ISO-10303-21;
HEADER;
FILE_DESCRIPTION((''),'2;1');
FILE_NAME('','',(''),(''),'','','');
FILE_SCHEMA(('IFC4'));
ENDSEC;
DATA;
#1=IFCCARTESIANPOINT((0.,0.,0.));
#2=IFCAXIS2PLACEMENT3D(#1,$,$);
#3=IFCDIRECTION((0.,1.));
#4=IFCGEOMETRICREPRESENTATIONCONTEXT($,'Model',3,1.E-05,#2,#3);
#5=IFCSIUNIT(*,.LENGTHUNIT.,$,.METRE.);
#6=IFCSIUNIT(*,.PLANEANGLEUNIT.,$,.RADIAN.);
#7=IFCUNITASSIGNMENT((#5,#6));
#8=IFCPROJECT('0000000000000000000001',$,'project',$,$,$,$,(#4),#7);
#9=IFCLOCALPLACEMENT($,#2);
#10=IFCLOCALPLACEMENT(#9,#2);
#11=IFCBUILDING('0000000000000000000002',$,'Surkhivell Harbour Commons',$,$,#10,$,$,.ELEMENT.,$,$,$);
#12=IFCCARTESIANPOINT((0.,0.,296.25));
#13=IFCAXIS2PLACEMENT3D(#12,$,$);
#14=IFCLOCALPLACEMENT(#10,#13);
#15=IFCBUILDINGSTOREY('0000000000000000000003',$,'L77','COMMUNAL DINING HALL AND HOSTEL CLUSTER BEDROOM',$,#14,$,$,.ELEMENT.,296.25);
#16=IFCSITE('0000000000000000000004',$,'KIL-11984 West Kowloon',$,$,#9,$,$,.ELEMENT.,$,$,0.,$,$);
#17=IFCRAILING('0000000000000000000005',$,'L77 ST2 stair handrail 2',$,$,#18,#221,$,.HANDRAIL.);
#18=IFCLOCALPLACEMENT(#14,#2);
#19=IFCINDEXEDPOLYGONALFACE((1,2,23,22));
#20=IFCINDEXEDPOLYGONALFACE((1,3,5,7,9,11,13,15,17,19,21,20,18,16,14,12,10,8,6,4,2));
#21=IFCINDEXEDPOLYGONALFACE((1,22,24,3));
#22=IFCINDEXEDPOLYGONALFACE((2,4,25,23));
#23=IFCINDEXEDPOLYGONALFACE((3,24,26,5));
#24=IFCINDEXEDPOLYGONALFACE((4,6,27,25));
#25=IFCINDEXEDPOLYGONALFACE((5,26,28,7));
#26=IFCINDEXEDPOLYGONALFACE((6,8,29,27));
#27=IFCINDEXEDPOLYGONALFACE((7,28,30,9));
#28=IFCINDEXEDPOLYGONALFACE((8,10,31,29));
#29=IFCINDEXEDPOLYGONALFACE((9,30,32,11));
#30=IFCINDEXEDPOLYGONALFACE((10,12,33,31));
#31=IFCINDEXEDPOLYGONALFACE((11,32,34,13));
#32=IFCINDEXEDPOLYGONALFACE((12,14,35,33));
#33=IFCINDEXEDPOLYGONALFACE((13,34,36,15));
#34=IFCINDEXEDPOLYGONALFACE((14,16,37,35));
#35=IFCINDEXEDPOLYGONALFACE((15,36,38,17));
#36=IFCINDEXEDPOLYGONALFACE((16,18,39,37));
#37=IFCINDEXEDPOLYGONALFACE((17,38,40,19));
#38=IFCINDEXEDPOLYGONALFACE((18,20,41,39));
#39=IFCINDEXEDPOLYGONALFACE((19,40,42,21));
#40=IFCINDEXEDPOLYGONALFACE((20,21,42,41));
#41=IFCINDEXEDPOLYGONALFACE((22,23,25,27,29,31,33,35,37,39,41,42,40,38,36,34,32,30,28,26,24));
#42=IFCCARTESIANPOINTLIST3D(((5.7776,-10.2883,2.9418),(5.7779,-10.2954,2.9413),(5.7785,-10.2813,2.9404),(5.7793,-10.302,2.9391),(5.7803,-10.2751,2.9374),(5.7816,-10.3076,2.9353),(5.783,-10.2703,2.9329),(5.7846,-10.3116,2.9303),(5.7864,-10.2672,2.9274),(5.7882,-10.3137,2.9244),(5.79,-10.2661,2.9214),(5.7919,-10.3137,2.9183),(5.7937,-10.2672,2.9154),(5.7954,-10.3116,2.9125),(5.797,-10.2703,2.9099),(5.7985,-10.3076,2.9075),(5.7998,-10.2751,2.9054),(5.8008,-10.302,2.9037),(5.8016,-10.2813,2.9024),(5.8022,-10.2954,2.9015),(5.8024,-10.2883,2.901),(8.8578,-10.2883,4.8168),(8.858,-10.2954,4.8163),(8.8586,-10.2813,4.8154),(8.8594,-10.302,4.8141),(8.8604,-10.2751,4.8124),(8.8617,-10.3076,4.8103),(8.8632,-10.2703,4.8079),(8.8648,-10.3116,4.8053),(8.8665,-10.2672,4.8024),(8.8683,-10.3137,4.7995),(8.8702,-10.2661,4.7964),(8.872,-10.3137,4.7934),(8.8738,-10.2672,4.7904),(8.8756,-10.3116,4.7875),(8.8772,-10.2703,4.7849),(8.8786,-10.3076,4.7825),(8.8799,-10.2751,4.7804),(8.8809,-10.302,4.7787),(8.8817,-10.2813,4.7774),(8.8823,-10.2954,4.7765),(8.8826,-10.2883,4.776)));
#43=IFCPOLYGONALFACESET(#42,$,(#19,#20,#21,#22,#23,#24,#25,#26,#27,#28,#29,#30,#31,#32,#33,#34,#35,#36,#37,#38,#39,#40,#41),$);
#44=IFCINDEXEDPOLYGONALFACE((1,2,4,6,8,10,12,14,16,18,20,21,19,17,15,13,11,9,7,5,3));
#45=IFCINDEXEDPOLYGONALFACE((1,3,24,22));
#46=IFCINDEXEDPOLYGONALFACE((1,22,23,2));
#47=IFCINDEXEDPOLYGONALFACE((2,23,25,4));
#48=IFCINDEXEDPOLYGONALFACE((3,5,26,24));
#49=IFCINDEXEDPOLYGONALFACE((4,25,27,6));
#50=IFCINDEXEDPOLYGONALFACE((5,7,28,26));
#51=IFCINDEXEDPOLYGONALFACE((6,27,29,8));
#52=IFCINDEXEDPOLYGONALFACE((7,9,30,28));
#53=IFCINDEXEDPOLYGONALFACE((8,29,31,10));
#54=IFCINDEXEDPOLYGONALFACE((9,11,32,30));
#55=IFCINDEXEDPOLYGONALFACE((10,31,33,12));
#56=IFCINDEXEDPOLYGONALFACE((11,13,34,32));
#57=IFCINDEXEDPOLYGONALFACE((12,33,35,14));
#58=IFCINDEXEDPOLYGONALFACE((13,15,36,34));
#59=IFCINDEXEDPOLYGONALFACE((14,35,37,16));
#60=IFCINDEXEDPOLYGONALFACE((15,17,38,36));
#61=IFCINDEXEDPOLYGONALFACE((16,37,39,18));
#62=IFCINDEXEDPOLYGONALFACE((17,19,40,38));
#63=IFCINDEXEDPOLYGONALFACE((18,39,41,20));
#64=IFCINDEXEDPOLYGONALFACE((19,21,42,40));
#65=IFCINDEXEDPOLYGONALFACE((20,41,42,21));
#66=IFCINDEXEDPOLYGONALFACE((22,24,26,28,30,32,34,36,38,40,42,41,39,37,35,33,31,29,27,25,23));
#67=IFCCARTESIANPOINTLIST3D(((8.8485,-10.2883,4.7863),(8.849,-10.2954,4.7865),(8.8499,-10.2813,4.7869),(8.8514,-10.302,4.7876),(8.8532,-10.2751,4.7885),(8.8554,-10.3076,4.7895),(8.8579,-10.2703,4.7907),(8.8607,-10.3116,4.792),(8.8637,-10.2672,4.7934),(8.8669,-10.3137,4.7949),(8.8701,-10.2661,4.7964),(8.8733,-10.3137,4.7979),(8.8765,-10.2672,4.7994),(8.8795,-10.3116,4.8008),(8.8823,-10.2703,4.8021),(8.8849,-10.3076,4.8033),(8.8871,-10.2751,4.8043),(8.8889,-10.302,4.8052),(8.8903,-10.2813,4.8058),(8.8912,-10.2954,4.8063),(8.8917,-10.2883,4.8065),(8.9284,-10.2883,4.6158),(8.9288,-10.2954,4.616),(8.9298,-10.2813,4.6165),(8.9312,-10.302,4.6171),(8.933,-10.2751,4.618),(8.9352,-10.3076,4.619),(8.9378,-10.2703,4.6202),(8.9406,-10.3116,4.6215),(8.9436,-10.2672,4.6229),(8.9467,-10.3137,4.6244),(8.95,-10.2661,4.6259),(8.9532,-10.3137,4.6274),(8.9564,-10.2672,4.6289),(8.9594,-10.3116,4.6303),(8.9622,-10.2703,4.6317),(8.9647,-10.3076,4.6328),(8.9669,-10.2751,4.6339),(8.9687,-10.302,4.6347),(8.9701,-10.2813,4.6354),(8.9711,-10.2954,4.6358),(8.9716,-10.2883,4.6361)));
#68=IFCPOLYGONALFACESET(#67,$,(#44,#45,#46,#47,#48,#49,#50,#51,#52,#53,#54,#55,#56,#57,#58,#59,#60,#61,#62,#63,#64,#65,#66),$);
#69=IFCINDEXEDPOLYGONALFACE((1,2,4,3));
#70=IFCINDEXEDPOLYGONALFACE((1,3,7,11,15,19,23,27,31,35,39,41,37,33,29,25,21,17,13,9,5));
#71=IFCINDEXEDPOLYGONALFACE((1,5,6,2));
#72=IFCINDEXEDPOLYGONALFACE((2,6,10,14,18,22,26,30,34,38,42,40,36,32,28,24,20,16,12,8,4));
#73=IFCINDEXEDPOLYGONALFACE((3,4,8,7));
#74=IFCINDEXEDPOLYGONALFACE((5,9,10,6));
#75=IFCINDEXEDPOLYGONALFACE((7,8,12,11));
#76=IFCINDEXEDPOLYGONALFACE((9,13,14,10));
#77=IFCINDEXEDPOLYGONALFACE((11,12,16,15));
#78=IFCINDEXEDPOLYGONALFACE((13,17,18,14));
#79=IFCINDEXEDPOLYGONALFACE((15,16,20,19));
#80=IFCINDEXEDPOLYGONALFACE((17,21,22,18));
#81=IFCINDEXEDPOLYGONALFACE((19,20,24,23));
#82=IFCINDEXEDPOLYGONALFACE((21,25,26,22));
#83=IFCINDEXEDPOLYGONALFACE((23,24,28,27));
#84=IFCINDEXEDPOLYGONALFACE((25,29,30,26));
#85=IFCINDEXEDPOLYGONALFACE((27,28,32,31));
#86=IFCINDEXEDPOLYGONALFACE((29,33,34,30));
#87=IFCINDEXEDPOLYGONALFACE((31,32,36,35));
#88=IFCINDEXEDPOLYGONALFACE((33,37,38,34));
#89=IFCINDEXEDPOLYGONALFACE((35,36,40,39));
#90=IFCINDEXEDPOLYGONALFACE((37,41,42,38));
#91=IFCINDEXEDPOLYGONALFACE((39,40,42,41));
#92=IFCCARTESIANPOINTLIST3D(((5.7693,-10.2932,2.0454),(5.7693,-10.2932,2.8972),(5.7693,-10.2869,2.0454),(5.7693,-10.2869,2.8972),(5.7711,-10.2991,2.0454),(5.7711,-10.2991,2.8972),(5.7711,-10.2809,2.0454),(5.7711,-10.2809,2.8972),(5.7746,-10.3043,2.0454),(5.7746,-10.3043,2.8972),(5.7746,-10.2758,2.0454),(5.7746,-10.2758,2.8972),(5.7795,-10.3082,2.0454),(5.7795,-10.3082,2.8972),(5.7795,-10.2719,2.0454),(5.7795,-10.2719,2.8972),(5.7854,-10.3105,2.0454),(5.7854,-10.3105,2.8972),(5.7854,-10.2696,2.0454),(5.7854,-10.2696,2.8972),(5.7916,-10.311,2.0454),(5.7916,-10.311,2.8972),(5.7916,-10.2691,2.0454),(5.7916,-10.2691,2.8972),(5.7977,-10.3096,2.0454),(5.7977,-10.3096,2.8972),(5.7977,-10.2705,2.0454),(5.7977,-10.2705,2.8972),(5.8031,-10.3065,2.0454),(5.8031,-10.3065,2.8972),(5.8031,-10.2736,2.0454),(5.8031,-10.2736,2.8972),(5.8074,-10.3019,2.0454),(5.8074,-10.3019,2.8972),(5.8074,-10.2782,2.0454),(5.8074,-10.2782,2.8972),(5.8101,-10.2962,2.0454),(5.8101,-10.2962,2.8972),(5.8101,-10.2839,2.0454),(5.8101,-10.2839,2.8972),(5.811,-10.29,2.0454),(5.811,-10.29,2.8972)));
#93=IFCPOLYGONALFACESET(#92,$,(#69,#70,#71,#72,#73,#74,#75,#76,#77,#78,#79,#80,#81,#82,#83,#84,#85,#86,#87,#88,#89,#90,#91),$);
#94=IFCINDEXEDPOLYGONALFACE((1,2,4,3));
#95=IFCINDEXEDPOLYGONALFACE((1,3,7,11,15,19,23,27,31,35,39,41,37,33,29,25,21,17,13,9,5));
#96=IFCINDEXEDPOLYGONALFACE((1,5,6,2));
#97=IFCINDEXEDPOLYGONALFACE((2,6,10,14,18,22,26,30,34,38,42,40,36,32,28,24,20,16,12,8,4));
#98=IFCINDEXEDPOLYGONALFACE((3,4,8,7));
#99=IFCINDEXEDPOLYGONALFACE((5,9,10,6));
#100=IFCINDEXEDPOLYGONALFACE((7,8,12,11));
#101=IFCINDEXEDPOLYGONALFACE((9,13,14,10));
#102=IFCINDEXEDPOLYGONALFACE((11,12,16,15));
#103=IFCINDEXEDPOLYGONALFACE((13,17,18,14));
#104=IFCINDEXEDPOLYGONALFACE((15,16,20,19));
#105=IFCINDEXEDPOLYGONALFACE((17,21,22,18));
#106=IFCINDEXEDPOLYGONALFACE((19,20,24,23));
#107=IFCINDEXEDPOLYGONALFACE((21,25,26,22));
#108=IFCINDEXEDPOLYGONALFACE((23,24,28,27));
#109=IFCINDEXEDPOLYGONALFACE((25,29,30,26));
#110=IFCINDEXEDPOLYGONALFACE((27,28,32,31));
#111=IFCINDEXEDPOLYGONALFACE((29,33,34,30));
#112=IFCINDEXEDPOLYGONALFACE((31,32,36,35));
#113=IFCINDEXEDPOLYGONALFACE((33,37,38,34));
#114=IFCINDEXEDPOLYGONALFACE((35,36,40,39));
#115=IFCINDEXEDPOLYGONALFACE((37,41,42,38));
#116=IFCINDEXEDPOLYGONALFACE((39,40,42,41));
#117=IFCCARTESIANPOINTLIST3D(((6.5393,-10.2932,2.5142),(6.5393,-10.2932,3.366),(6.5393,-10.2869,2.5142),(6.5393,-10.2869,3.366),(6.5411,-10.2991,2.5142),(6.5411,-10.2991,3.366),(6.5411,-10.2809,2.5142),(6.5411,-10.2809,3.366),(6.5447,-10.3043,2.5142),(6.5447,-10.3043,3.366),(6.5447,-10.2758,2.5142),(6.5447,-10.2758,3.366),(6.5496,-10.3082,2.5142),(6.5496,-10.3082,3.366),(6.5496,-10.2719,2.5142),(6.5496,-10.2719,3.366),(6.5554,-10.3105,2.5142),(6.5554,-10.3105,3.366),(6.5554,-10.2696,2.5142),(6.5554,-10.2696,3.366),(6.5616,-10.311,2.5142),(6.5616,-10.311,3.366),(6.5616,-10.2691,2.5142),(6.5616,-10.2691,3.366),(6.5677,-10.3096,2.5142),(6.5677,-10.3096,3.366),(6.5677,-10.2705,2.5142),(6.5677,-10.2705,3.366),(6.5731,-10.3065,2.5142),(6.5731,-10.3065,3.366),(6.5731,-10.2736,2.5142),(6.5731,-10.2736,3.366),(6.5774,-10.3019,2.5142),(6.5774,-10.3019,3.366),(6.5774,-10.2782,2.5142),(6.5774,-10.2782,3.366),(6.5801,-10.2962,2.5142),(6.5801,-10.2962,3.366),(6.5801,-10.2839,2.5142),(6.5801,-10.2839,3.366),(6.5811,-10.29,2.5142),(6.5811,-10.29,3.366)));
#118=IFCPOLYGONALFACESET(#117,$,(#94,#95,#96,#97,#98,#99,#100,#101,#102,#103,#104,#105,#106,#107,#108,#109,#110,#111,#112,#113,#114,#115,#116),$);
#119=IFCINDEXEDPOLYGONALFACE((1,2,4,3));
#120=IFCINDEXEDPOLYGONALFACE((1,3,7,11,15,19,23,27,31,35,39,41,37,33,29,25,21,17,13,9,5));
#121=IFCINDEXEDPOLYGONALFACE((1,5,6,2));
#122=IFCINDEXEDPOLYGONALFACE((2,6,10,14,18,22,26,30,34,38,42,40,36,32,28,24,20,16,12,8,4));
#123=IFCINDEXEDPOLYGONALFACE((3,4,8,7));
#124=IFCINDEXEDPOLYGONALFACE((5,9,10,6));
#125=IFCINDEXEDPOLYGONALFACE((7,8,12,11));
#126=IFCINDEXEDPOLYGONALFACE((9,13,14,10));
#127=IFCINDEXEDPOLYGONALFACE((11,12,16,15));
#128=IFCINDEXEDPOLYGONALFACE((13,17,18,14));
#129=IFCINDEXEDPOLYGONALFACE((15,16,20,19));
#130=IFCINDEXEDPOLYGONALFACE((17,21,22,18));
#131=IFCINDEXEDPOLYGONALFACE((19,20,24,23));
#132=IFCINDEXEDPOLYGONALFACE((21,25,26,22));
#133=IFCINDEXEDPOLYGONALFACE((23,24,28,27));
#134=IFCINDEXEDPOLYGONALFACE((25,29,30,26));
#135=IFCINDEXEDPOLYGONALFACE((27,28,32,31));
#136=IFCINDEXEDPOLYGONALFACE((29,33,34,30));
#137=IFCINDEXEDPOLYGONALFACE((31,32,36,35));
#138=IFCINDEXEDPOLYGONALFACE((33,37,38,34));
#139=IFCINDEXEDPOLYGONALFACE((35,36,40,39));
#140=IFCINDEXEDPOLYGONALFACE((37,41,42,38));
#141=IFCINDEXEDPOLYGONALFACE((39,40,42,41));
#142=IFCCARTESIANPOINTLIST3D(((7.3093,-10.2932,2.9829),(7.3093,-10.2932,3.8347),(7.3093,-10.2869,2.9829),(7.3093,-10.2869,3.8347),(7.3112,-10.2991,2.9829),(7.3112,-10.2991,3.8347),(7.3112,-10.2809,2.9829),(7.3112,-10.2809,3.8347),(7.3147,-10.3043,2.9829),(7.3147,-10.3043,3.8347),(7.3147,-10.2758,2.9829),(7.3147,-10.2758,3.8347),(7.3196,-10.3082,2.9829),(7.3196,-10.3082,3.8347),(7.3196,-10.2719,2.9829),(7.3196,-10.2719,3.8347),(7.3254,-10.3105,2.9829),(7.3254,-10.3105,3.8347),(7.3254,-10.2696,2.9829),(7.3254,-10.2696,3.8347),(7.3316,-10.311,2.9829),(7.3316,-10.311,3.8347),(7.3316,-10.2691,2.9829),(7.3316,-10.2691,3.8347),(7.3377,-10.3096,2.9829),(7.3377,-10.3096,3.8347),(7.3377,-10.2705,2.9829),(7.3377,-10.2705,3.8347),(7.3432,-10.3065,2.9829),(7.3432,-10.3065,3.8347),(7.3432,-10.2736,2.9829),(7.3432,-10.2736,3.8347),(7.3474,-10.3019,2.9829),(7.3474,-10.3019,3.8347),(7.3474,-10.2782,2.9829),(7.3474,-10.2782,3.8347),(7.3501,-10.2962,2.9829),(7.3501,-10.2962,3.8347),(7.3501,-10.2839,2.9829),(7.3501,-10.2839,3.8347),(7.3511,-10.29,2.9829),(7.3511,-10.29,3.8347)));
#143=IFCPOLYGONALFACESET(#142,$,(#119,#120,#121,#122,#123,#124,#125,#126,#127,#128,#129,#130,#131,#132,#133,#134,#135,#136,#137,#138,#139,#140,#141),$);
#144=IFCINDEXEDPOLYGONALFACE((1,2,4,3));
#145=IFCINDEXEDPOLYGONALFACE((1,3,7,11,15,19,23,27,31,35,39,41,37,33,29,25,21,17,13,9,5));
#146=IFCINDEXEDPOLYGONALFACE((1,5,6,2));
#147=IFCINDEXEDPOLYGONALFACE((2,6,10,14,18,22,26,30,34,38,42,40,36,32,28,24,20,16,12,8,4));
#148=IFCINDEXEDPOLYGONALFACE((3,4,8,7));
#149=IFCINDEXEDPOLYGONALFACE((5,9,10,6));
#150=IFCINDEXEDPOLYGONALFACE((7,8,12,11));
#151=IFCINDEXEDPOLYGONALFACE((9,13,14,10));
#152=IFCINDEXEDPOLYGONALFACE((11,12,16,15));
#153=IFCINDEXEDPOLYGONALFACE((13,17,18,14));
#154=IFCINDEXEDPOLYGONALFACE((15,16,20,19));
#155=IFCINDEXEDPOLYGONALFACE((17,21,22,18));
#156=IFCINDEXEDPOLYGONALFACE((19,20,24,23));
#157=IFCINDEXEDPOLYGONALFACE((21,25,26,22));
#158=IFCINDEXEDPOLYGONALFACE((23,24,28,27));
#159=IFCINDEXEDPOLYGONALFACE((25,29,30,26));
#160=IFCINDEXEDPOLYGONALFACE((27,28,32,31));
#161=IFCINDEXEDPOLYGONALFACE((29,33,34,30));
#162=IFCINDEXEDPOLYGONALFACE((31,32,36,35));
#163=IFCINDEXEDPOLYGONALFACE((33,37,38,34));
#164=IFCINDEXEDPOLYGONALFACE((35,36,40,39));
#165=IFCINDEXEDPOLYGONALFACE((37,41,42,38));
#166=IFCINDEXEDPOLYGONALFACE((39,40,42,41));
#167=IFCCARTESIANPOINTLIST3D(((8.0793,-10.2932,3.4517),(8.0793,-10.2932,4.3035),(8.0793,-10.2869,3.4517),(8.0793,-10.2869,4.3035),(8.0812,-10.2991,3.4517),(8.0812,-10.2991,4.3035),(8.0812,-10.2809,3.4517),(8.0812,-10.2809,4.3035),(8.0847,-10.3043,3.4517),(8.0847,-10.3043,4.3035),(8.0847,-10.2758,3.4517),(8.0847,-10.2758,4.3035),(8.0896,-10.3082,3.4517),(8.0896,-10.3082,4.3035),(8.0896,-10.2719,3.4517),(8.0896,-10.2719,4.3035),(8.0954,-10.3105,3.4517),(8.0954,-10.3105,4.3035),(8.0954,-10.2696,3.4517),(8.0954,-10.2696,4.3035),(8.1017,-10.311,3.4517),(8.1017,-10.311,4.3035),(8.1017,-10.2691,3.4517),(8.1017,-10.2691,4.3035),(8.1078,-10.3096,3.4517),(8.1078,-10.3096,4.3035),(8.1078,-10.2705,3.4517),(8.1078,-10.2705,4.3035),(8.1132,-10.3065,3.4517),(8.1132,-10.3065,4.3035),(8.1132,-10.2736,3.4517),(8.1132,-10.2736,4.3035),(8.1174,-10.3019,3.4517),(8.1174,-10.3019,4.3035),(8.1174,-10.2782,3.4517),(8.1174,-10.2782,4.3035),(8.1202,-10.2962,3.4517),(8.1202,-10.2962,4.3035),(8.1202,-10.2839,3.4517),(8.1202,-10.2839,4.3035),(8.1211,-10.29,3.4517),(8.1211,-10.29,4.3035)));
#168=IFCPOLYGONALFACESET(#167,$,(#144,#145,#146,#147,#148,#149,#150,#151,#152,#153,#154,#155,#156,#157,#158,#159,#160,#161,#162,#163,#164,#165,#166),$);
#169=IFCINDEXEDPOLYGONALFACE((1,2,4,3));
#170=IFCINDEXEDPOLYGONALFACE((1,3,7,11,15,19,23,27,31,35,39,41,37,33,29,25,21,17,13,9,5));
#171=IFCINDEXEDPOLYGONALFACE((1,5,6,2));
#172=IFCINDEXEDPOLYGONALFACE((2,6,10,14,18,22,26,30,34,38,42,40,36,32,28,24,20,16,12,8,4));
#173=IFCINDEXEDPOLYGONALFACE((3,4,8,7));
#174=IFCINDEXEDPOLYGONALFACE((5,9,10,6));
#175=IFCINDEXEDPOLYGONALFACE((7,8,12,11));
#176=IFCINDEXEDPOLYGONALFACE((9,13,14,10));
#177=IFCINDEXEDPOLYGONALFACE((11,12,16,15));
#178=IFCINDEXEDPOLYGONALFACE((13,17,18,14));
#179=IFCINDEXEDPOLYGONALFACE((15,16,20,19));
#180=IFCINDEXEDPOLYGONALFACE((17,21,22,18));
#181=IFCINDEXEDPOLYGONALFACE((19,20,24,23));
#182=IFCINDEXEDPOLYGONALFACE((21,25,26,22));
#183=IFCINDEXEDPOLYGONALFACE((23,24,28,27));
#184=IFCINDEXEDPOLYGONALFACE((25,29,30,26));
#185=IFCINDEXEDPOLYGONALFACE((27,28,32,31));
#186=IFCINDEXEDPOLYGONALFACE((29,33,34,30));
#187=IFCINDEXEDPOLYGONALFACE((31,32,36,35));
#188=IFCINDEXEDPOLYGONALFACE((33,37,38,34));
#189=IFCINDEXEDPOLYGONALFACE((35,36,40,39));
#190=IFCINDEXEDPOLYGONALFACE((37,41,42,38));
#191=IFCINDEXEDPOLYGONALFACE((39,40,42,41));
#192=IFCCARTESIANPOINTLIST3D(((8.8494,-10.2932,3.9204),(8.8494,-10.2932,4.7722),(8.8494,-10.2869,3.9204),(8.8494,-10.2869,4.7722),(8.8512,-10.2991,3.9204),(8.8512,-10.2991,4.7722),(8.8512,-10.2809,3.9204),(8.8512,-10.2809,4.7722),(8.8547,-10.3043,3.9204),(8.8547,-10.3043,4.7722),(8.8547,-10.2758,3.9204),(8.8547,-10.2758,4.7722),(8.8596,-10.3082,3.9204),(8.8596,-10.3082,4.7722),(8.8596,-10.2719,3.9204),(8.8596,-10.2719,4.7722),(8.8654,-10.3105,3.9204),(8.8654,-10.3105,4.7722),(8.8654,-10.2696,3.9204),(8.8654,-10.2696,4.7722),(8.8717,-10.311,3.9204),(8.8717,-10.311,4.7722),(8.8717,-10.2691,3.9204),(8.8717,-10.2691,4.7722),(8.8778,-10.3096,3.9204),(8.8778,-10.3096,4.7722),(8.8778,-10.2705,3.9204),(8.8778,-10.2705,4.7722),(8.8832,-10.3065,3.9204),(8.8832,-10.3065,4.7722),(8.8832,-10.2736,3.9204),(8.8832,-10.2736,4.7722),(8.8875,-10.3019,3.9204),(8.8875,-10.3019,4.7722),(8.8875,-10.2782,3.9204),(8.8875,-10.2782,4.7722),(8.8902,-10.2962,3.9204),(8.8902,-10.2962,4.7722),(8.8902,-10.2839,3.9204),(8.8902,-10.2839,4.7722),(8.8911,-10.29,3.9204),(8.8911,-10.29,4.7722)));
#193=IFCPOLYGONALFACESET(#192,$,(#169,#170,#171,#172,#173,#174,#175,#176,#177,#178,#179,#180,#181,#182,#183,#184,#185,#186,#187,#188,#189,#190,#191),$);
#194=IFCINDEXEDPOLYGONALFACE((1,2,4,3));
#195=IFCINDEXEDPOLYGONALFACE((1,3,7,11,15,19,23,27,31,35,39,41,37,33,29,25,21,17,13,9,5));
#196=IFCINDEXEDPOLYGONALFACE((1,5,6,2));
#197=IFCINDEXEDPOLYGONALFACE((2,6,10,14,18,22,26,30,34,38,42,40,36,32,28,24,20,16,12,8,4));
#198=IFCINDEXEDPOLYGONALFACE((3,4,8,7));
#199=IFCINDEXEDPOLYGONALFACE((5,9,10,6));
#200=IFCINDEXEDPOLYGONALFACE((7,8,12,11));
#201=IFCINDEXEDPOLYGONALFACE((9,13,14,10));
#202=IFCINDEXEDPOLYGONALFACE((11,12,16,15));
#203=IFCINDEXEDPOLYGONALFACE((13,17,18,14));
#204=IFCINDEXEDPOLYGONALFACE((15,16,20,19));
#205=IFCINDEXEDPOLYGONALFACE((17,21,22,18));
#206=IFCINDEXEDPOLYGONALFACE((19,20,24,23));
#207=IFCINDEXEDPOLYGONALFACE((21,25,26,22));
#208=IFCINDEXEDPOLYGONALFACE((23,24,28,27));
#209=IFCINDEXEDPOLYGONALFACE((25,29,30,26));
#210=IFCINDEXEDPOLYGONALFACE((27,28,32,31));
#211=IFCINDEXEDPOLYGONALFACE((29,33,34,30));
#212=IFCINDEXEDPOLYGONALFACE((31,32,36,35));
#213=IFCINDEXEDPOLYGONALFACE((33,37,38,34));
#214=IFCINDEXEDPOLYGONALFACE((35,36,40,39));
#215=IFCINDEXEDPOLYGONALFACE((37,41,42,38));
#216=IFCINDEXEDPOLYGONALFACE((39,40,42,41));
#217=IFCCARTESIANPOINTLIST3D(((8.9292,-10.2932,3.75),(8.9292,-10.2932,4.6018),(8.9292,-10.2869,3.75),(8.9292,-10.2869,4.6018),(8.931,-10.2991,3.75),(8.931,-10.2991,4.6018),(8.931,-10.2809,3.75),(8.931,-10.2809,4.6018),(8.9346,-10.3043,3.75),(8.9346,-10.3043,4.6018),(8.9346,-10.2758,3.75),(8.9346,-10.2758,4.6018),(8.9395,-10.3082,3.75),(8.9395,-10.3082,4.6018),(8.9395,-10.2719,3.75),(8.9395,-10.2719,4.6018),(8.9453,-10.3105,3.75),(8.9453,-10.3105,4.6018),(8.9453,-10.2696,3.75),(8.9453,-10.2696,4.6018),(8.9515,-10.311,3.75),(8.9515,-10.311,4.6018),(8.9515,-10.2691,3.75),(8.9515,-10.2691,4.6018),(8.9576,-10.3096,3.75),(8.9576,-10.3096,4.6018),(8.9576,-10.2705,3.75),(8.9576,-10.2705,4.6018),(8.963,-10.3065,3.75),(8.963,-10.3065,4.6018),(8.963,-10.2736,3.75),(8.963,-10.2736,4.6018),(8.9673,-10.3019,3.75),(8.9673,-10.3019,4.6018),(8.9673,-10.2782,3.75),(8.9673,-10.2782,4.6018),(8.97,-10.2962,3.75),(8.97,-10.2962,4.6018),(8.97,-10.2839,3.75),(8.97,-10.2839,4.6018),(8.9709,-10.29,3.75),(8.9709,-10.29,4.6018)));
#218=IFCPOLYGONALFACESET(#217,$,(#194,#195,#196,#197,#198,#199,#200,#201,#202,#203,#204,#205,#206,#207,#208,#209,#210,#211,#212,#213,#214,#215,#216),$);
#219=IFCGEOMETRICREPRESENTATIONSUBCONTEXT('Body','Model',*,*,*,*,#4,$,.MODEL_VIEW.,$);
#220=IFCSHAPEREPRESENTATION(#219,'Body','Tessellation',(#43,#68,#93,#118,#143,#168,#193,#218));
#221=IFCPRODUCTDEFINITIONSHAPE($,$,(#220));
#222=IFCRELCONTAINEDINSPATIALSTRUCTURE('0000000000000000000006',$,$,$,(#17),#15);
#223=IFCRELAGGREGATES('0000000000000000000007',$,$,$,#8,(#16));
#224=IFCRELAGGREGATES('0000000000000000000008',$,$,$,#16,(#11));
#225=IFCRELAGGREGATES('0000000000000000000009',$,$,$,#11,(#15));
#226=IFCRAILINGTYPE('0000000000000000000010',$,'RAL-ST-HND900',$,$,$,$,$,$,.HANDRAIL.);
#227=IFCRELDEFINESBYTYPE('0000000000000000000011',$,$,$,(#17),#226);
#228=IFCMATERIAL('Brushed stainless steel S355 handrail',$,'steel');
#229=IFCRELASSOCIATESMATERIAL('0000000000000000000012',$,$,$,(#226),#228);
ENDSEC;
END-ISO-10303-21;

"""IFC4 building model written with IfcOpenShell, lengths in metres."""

from ifc_helpers import new_model, si_unit, direction, frame, origin, origin_2d, place, context, subcontext, project, spatial, circle, extrude, material, type_object, element, save


model = new_model("IFC4")

# Units and contexts
model_context = context("Model", 3, precision=1e-05, world=origin(), true_north=direction((0.0, 1.0)))
body_context = subcontext(model_context, "Body", "Model", "MODEL_VIEW")
ifc_project = project(units=[si_unit("LENGTHUNIT", "METRE"), si_unit("PLANEANGLEUNIT", "RADIAN")], contexts=[model_context])

# Site, building, storey
site_placement = place(None, origin())
site = spatial("IfcSite", under=ifc_project, at=site_placement, Name="KIL-11984 West Kowloon", CompositionType="ELEMENT", RefElevation=0.0)
building_placement = place(site_placement, origin())
building = spatial("IfcBuilding", under=site, at=building_placement, Name="Surkhivell Harbour Commons", CompositionType="ELEMENT")
storey_placement = place(building_placement, frame((0.0, 0.0, 296.25)))
storey = spatial("IfcBuildingStorey", under=building, at=storey_placement, Name="L77", Description="COMMUNAL DINING HALL AND HOSTEL CLUSTER BEDROOM", CompositionType="ELEMENT", Elevation=296.25)

# Railing
ifc_material_1 = material(Name="Brushed stainless steel S355 handrail", Category="steel")
railing_type_1 = type_object("IfcRailingType", Name="RAL-ST-HND900", PredefinedType="HANDRAIL", material=ifc_material_1)
railing_1_placement = place(storey_placement, frame((5.79, -10.29, 2.0454)))
element("IfcRailing", 1, at=railing_1_placement, inside=storey, type_object=railing_type_1, Name="L77 ST2 stair handrail 2", PredefinedType="HANDRAIL", context=body_context, shape_type="SweptSolid", body=[
    extrude(circle(Radius=0.0239, at=origin_2d()), frame((0.0, 0.0, 0.876), z_axis=(0.854178, 0.0, 0.519981), x_axis=(0.0, 1.0, 0.0)), (0.0, 0.0, 1.0), 3.606),
    extrude(circle(Radius=0.0239, at=origin_2d()), frame((3.0801, 0.0, 2.751), z_axis=(0.424234, 0.0, -0.905552), x_axis=(0.0, 1.0, 0.0)), (0.0, 0.0, 1.0), 0.1882),
    extrude(circle(Radius=0.021, at=origin_2d()), origin(), (0.0, 0.0, 1.0), 0.8518),
    extrude(circle(Radius=0.021, at=origin_2d()), frame((0.77, 0.0, 0.4688)), (0.0, 0.0, 1.0), 0.8518),
    extrude(circle(Radius=0.021, at=origin_2d()), frame((1.54, 0.0, 0.9375)), (0.0, 0.0, 1.0), 0.8518),
    extrude(circle(Radius=0.021, at=origin_2d()), frame((2.3101, 0.0, 1.4062)), (0.0, 0.0, 1.0), 0.8518),
    extrude(circle(Radius=0.021, at=origin_2d()), frame((3.0801, 0.0, 1.875)), (0.0, 0.0, 1.0), 0.8518),
    extrude(circle(Radius=0.021, at=origin_2d()), frame((3.1599, 0.0, 1.7046)), (0.0, 0.0, 1.0), 0.8518),
])

save(model, "model.ifc")
